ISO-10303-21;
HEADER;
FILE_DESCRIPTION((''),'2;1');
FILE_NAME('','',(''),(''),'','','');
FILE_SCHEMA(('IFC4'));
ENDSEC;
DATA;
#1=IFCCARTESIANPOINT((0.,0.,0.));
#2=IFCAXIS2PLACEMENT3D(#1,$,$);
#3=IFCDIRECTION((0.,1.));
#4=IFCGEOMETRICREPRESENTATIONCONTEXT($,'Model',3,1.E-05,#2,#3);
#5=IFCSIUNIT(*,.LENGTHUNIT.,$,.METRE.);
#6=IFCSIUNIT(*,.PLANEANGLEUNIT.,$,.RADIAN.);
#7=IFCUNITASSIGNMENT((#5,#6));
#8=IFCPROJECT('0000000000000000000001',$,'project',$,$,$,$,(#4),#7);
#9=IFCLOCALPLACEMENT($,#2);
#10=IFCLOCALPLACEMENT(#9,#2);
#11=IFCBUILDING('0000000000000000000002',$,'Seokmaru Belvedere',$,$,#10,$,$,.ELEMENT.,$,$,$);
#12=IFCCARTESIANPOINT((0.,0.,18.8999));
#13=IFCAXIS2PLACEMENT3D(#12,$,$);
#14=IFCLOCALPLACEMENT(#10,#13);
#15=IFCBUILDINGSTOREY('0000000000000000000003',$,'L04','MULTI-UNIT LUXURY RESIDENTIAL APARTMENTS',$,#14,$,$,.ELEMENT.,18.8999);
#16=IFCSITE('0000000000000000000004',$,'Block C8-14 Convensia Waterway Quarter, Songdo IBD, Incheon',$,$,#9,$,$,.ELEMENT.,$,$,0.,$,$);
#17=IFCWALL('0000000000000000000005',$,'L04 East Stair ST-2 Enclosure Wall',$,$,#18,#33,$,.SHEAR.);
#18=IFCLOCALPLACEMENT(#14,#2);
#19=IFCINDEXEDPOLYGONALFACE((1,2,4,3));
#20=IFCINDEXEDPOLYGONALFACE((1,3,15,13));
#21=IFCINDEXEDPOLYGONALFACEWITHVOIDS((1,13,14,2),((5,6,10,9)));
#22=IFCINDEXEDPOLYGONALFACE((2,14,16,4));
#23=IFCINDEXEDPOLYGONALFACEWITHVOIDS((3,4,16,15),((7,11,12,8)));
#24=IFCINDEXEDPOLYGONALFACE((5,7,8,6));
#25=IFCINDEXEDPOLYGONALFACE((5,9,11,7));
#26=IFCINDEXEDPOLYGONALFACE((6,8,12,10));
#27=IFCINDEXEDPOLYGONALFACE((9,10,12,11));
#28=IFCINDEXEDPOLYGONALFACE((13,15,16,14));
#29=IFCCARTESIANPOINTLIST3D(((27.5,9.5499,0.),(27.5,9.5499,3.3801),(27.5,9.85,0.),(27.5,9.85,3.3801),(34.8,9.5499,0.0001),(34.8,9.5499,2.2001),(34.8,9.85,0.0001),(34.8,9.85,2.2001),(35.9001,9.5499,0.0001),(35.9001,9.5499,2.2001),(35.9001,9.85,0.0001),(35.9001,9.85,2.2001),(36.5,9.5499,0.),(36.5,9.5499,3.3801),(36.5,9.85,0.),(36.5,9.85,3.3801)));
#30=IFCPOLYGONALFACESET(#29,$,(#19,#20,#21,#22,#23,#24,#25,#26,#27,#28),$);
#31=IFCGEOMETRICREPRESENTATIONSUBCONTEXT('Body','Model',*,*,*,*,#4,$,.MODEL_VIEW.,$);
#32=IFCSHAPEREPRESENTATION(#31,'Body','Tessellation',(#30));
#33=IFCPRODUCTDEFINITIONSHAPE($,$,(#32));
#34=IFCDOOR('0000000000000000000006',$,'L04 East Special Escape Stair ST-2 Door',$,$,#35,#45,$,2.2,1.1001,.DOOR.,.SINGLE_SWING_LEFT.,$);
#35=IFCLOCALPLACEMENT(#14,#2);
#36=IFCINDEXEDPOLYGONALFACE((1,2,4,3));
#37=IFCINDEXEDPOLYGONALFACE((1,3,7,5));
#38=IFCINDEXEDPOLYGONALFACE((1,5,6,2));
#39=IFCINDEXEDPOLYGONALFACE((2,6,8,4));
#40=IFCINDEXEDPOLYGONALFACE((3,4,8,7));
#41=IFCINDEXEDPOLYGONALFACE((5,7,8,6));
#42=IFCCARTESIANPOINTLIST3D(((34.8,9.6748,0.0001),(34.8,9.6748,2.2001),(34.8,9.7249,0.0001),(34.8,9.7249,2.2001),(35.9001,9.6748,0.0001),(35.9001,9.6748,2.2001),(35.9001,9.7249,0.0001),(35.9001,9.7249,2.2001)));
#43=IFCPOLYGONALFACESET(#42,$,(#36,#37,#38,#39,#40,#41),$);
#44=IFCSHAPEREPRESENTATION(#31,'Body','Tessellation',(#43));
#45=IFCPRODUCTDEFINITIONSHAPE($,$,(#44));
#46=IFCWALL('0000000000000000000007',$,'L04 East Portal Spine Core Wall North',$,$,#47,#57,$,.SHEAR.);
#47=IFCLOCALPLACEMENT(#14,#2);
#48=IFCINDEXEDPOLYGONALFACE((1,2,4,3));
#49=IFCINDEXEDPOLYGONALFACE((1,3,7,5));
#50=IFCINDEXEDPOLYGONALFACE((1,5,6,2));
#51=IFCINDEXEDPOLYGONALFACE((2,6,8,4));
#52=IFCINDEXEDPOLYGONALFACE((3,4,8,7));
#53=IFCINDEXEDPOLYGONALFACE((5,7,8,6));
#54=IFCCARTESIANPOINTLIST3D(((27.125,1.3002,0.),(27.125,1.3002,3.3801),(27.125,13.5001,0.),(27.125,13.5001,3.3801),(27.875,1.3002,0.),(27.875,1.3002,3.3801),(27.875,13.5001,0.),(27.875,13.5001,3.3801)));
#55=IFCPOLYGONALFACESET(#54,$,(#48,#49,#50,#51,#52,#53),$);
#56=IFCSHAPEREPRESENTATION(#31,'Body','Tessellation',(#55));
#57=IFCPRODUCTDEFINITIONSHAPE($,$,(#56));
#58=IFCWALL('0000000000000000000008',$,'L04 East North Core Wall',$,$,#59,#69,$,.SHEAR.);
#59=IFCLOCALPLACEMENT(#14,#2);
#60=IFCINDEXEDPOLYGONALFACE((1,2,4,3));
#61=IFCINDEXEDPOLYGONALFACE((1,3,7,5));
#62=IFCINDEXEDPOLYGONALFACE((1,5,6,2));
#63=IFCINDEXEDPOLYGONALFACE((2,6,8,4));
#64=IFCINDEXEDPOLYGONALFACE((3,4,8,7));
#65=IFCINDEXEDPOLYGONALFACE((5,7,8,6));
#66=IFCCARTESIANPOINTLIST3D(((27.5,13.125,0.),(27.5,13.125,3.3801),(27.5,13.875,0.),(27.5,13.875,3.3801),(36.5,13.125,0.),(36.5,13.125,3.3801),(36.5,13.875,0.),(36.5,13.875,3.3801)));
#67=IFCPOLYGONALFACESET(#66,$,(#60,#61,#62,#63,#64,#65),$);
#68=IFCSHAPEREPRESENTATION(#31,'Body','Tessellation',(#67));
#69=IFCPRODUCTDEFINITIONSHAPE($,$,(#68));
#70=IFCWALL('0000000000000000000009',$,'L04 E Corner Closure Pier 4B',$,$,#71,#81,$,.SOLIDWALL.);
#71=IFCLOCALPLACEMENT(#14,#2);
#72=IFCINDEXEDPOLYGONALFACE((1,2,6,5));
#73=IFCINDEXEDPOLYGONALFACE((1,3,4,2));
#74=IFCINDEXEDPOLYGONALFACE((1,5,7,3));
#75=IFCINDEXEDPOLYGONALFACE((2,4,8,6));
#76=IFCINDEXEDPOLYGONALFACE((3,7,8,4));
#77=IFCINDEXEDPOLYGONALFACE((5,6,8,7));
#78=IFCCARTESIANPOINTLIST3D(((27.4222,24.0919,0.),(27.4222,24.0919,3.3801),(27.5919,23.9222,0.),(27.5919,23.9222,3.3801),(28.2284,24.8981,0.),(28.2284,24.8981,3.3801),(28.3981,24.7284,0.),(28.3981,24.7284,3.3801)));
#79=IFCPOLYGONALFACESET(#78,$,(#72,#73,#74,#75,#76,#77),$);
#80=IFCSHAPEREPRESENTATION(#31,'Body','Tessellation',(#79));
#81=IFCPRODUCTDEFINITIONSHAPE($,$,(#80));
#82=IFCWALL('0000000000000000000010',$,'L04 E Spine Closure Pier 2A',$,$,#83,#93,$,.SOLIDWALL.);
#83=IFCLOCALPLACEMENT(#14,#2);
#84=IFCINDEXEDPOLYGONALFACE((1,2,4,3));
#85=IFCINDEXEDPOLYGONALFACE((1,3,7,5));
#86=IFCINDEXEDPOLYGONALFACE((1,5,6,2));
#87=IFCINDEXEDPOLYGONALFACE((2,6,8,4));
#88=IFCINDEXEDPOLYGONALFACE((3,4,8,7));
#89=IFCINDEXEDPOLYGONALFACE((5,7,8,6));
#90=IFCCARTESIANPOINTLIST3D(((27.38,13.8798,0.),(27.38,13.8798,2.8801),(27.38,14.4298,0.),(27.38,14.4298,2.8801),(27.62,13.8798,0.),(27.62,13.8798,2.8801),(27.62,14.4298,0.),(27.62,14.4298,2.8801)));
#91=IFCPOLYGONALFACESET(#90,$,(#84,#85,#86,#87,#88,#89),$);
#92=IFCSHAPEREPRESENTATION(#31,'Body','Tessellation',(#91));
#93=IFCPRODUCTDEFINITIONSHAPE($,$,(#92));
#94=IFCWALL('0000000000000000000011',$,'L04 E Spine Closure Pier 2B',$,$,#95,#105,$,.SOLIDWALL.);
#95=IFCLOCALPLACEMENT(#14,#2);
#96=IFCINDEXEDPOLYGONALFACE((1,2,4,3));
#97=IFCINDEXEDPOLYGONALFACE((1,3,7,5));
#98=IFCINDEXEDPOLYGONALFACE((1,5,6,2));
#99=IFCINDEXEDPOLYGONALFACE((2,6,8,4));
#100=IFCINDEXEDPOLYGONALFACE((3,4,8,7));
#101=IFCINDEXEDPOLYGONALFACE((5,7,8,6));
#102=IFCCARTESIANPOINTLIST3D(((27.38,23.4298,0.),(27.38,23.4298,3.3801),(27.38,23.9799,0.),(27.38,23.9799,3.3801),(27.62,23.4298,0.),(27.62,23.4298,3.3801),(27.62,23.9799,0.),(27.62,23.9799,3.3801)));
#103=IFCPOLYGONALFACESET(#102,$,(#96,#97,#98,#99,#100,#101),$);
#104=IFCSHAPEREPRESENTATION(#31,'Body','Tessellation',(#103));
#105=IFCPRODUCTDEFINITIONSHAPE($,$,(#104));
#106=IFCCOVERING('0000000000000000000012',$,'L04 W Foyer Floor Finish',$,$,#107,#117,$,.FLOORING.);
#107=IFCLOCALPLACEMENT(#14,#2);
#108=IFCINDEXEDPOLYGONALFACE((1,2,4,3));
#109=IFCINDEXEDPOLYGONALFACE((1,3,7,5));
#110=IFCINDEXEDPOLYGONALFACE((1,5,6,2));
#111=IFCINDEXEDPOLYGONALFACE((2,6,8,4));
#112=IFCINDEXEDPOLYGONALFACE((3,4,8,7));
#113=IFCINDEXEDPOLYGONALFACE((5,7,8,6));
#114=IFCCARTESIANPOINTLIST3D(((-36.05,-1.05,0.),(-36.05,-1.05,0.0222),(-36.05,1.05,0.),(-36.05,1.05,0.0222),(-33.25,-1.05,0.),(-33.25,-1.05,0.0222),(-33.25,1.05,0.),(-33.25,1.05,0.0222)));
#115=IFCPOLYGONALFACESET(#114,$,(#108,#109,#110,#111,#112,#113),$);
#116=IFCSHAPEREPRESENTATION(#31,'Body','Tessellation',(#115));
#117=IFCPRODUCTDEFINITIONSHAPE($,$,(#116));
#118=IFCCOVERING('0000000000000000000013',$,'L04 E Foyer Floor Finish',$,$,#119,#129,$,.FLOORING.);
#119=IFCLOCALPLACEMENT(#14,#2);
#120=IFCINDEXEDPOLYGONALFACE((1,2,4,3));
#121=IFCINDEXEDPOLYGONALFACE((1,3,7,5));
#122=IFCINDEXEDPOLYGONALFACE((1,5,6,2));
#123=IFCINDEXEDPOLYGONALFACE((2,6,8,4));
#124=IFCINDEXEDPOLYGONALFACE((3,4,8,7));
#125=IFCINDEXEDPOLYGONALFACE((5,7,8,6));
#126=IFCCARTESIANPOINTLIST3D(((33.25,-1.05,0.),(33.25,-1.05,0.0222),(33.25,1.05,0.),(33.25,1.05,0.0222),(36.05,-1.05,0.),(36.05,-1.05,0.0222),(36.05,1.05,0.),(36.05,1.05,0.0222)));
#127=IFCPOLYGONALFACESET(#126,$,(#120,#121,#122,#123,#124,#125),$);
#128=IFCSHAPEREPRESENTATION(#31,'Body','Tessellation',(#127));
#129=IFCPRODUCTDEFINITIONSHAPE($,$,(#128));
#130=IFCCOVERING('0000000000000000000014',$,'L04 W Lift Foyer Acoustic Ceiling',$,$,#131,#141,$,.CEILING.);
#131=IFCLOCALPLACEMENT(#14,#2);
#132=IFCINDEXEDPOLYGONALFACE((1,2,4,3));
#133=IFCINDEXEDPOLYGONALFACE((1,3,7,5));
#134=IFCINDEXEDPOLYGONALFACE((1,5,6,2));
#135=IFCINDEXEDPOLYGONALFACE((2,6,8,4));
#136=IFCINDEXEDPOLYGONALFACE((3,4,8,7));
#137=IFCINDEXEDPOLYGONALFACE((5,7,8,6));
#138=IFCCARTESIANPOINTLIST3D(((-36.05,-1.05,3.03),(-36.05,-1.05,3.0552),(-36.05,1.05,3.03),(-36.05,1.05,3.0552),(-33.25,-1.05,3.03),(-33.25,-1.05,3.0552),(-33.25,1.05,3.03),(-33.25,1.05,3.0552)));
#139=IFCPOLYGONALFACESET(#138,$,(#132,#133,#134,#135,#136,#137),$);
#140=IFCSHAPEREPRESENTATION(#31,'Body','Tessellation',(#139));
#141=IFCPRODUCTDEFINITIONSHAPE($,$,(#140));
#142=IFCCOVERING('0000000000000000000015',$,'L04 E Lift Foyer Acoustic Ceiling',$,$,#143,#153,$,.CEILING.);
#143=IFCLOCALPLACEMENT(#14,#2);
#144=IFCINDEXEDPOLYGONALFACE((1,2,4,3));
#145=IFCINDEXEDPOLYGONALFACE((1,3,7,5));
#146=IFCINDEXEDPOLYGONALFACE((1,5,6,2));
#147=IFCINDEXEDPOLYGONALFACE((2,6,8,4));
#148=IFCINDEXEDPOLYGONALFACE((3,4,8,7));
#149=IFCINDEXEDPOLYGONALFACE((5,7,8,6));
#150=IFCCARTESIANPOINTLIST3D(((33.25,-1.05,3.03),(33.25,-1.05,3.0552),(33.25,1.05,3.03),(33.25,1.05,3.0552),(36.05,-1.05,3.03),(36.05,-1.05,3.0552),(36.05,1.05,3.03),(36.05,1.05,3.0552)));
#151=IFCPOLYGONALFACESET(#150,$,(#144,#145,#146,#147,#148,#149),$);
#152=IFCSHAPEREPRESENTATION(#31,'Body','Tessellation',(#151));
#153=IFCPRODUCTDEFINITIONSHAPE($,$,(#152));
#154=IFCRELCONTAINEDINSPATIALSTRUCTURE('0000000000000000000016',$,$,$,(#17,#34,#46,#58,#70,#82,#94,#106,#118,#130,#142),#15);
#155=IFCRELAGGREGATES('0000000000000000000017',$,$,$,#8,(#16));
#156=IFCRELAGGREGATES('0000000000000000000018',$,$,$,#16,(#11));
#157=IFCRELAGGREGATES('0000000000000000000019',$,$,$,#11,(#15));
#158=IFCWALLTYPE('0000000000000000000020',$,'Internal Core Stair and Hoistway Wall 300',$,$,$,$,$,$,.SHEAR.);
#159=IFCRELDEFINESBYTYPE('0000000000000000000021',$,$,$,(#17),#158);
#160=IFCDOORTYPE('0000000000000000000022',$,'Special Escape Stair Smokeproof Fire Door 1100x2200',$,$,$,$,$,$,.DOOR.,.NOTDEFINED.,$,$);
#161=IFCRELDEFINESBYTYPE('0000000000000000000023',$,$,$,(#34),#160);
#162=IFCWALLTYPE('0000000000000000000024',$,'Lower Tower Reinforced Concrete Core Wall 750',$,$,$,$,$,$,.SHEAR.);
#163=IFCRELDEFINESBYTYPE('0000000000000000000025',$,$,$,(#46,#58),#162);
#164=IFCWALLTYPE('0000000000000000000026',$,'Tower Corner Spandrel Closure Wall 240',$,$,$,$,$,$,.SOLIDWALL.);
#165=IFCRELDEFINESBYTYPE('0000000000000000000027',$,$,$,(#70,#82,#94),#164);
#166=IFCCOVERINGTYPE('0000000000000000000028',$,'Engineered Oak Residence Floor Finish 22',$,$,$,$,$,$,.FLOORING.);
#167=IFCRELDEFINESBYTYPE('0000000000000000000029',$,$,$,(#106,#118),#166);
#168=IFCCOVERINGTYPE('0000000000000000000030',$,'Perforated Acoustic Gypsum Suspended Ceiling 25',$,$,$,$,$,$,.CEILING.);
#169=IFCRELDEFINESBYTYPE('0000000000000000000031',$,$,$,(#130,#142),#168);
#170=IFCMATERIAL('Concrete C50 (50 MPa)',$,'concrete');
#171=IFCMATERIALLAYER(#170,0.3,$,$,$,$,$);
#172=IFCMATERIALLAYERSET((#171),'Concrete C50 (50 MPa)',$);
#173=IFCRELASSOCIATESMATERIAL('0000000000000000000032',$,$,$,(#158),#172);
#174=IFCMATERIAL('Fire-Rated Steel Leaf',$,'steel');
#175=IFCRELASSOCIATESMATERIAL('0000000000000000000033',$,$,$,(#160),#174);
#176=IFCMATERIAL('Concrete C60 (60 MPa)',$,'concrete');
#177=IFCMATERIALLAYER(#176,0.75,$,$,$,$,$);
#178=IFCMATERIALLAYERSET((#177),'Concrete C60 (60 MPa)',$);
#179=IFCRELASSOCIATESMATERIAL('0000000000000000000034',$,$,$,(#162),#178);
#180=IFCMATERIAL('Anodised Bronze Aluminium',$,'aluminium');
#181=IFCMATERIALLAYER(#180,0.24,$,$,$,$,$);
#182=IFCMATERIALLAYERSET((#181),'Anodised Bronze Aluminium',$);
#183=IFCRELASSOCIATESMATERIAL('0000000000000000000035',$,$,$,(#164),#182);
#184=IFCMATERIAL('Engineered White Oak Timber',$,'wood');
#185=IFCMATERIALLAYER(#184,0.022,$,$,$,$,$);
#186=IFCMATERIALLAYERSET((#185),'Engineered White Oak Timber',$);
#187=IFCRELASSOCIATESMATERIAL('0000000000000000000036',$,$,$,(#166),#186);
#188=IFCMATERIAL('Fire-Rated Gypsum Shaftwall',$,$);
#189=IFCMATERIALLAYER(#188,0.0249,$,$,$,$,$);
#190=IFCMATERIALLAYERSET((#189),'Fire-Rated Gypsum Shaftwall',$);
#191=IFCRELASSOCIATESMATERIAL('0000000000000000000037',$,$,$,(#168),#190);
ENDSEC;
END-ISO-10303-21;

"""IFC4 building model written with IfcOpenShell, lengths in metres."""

from ifc_helpers import new_model, si_unit, direction, frame, frame_2d, origin, place, context, subcontext, project, spatial, polyline, rectangle, outline, extrude, source, transform, mapped, material, layer, layer_set, type_object, type_shapes, element, fill, save


model = new_model("IFC4")

# Units and contexts
model_context = context("Model", 3, precision=1e-05, world=origin(), true_north=direction((0.0, 1.0)))
body_context = subcontext(model_context, "Body", "Model", "MODEL_VIEW")
ifc_project = project(units=[si_unit("LENGTHUNIT", "METRE"), si_unit("PLANEANGLEUNIT", "RADIAN")], contexts=[model_context])

# Site, building, storey
site_placement = place(None, origin())
site = spatial("IfcSite", under=ifc_project, at=site_placement, Name="Block C8-14 Convensia Waterway Quarter, Songdo IBD, Incheon", CompositionType="ELEMENT", RefElevation=0.0)
building_placement = place(site_placement, origin())
building = spatial("IfcBuilding", under=site, at=building_placement, Name="Seokmaru Belvedere", CompositionType="ELEMENT")
storey_placement = place(building_placement, frame((0.0, 0.0, 18.8999)))
storey = spatial("IfcBuildingStorey", under=building, at=storey_placement, Name="L04", Description="MULTI-UNIT LUXURY RESIDENTIAL APARTMENTS", CompositionType="ELEMENT", Elevation=18.8999)

# Shared definitions
ifc_material_1 = material(Name="Anodised Bronze Aluminium", Category="aluminium")

# Shared definitions
ifc_material_2 = material(Name="Fire-Rated Gypsum Shaftwall")

# Shared definitions
ifc_material_3 = material(Name="Concrete C50 (50 MPa)", Category="concrete")

# Wall, opening, door
ifc_layer_1 = layer(ifc_material_3, 0.3)
ifc_layer_set_1 = layer_set([ifc_layer_1], Name="Concrete C50 (50 MPa)")
wall_type_1 = type_object("IfcWallType", Name="Internal Core Stair and Hoistway Wall 300", PredefinedType="SHEAR", material=ifc_layer_set_1)
wall_1_placement = place(storey_placement, frame((27.5, 9.7, 0.0), z_axis=(0.0, 0.0, 1.0), x_axis=(1.0, 0.0, 0.0)))
wall_1 = element("IfcWall", 1, at=wall_1_placement, inside=storey, type_object=wall_type_1, Name="L04 East Stair ST-2 Enclosure Wall", PredefinedType="SHEAR", context=body_context, shape_type="SweptSolid", body=[
    extrude(rectangle(XDim=9.0, YDim=0.3, at=frame_2d((4.5, 0.0))), origin(), (0.0, 0.0, 1.0), 3.3801),
])
opening_1_placement = place(wall_1_placement, frame((7.3, 0.0, 0.0)))
opening_1 = element("IfcOpeningElement", 2, at=opening_1_placement, cuts=wall_1, PredefinedType="OPENING", context=body_context, shape_type="SweptSolid", body=[
    extrude(rectangle(XDim=1.1001, YDim=2.2, at=frame_2d((0.55, 1.1001))), frame((0.0, 0.1602, 0.0), z_axis=(0.0, -1.0, 0.0), x_axis=(1.0, 0.0, 0.0)), (0.0, 0.0, 1.0), 0.3201),
])
ifc_material_4 = material(Name="Fire-Rated Steel Leaf", Category="steel")
door_type = type_object("IfcDoorType", Name="Special Escape Stair Smokeproof Fire Door 1100x2200", OperationType="NOTDEFINED", PredefinedType="DOOR", material=ifc_material_4)
shared_shape_1 = source(origin(), body_context, "Body", "SweptSolid", [
    extrude(rectangle(XDim=1.1001, YDim=2.2, at=frame_2d((0.55, 1.1001))), frame((0.0, 0.0249, 0.0), z_axis=(0.0, -1.0, 0.0), x_axis=(1.0, 0.0, 0.0)), (0.0, 0.0, 1.0), 0.05),
])
type_shapes(door_type, [shared_shape_1])
door_placement = place(opening_1_placement, origin())
door = element("IfcDoor", 3, at=door_placement, inside=storey, type_object=door_type, Name="L04 East Special Escape Stair ST-2 Door", OperationType="SINGLE_SWING_LEFT", OverallHeight=2.2, OverallWidth=1.1001, PredefinedType="DOOR", context=body_context, shape_type="MappedRepresentation", body=[
    mapped(shared_shape_1, transform((0.0, 0.0, 0.0), scale=1.0)),
])
fill(opening_1, door)

# Walls
ifc_material_5 = material(Name="Concrete C60 (60 MPa)", Category="concrete")
ifc_layer_2 = layer(ifc_material_5, 0.75)
ifc_layer_set_2 = layer_set([ifc_layer_2], Name="Concrete C60 (60 MPa)")
wall_type_2 = type_object("IfcWallType", Name="Lower Tower Reinforced Concrete Core Wall 750", PredefinedType="SHEAR", material=ifc_layer_set_2)
wall_2_placement = place(storey_placement, frame((27.5, 1.3, 0.0), z_axis=(0.0, 0.0, 1.0), x_axis=(0.0, 1.0, 0.0)))
element("IfcWall", 4, at=wall_2_placement, inside=storey, type_object=wall_type_2, Name="L04 East Portal Spine Core Wall North", PredefinedType="SHEAR", context=body_context, shape_type="SweptSolid", body=[
    extrude(rectangle(XDim=12.2, YDim=0.75, at=frame_2d((6.1001, 0.0))), origin(), (0.0, 0.0, 1.0), 3.3801),
])
wall_3_placement = place(storey_placement, frame((27.5, 13.5, 0.0), z_axis=(0.0, 0.0, 1.0), x_axis=(1.0, 0.0, 0.0)))
element("IfcWall", 5, at=wall_3_placement, inside=storey, type_object=wall_type_2, Name="L04 East North Core Wall", PredefinedType="SHEAR", context=body_context, shape_type="SweptSolid", body=[
    extrude(rectangle(XDim=9.0, YDim=0.75, at=frame_2d((4.5, 0.0))), origin(), (0.0, 0.0, 1.0), 3.3801),
])
ifc_layer_3 = layer(ifc_material_1, 0.24)
ifc_layer_set_3 = layer_set([ifc_layer_3], Name="Anodised Bronze Aluminium")
wall_type_3 = type_object("IfcWallType", Name="Tower Corner Spandrel Closure Wall 240", PredefinedType="SOLIDWALL", material=ifc_layer_set_3)
wall_4_placement = place(storey_placement, frame((28.3132, 24.8132, 0.0), z_axis=(0.0, 0.0, 1.0), x_axis=(-0.707107, -0.707107, 0.0)))
element("IfcWall", 6, at=wall_4_placement, inside=storey, type_object=wall_type_3, Name="L04 E Corner Closure Pier 4B", PredefinedType="SOLIDWALL", context=body_context, shape_type="SweptSolid", body=[
    extrude(rectangle(XDim=1.1401, YDim=0.24, at=frame_2d((0.5701, 0.0))), origin(), (0.0, 0.0, 1.0), 3.3801),
])
wall_5_placement = place(storey_placement, frame((27.5, 13.8799, 0.0), z_axis=(0.0, 0.0, 1.0), x_axis=(0.0, 1.0, 0.0)))
element("IfcWall", 7, at=wall_5_placement, inside=storey, type_object=wall_type_3, Name="L04 E Spine Closure Pier 2A", PredefinedType="SOLIDWALL", context=body_context, shape_type="SweptSolid", body=[
    extrude(rectangle(XDim=0.55, YDim=0.24, at=frame_2d((0.2749, 0.0))), origin(), (0.0, 0.0, 1.0), 2.8801),
])
wall_6_placement = place(storey_placement, frame((27.5, 23.4299, 0.0), z_axis=(0.0, 0.0, 1.0), x_axis=(0.0, 1.0, 0.0)))
element("IfcWall", 8, at=wall_6_placement, inside=storey, type_object=wall_type_3, Name="L04 E Spine Closure Pier 2B", PredefinedType="SOLIDWALL", context=body_context, shape_type="SweptSolid", body=[
    extrude(rectangle(XDim=0.55, YDim=0.24, at=frame_2d((0.2749, 0.0))), origin(), (0.0, 0.0, 1.0), 3.3801),
])

# Coverings
ifc_material_6 = material(Name="Engineered White Oak Timber", Category="wood")
ifc_layer_4 = layer(ifc_material_6, 0.022)
ifc_layer_set_4 = layer_set([ifc_layer_4], Name="Engineered White Oak Timber")
covering_type_1 = type_object("IfcCoveringType", Name="Engineered Oak Residence Floor Finish 22", PredefinedType="FLOORING", material=ifc_layer_set_4)
covering_1_placement = place(storey_placement, origin())
element("IfcCovering", 9, at=covering_1_placement, inside=storey, type_object=covering_type_1, Name="L04 W Foyer Floor Finish", PredefinedType="FLOORING", context=body_context, shape_type="SweptSolid", body=[
    extrude(outline(polyline([(-36.05, -1.05), (-33.25, -1.05), (-33.25, 1.05), (-36.05, 1.05), (-36.05, -1.05)])), origin(), (0.0, 0.0, 1.0), 0.0222),
])
covering_2_placement = place(storey_placement, origin())
element("IfcCovering", 10, at=covering_2_placement, inside=storey, type_object=covering_type_1, Name="L04 E Foyer Floor Finish", PredefinedType="FLOORING", context=body_context, shape_type="SweptSolid", body=[
    extrude(outline(polyline([(33.25, -1.05), (36.05, -1.05), (36.05, 1.05), (33.25, 1.05), (33.25, -1.05)])), origin(), (0.0, 0.0, 1.0), 0.0222),
])
ifc_layer_5 = layer(ifc_material_2, 0.0249)
ifc_layer_set_5 = layer_set([ifc_layer_5], Name="Fire-Rated Gypsum Shaftwall")
covering_type_2 = type_object("IfcCoveringType", Name="Perforated Acoustic Gypsum Suspended Ceiling 25", PredefinedType="CEILING", material=ifc_layer_set_5)
covering_3_placement = place(storey_placement, frame((0.0, 0.0, 3.03)))
element("IfcCovering", 11, at=covering_3_placement, inside=storey, type_object=covering_type_2, Name="L04 W Lift Foyer Acoustic Ceiling", PredefinedType="CEILING", context=body_context, shape_type="SweptSolid", body=[
    extrude(outline(polyline([(-36.05, -1.05), (-33.25, -1.05), (-33.25, 1.05), (-36.05, 1.05), (-36.05, -1.05)])), origin(), (0.0, 0.0, 1.0), 0.0251),
])
covering_4_placement = place(storey_placement, frame((0.0, 0.0, 3.03)))
element("IfcCovering", 12, at=covering_4_placement, inside=storey, type_object=covering_type_2, Name="L04 E Lift Foyer Acoustic Ceiling", PredefinedType="CEILING", context=body_context, shape_type="SweptSolid", body=[
    extrude(outline(polyline([(33.25, -1.05), (36.05, -1.05), (36.05, 1.05), (33.25, 1.05), (33.25, -1.05)])), origin(), (0.0, 0.0, 1.0), 0.0251),
])

save(model, "model.ifc")
